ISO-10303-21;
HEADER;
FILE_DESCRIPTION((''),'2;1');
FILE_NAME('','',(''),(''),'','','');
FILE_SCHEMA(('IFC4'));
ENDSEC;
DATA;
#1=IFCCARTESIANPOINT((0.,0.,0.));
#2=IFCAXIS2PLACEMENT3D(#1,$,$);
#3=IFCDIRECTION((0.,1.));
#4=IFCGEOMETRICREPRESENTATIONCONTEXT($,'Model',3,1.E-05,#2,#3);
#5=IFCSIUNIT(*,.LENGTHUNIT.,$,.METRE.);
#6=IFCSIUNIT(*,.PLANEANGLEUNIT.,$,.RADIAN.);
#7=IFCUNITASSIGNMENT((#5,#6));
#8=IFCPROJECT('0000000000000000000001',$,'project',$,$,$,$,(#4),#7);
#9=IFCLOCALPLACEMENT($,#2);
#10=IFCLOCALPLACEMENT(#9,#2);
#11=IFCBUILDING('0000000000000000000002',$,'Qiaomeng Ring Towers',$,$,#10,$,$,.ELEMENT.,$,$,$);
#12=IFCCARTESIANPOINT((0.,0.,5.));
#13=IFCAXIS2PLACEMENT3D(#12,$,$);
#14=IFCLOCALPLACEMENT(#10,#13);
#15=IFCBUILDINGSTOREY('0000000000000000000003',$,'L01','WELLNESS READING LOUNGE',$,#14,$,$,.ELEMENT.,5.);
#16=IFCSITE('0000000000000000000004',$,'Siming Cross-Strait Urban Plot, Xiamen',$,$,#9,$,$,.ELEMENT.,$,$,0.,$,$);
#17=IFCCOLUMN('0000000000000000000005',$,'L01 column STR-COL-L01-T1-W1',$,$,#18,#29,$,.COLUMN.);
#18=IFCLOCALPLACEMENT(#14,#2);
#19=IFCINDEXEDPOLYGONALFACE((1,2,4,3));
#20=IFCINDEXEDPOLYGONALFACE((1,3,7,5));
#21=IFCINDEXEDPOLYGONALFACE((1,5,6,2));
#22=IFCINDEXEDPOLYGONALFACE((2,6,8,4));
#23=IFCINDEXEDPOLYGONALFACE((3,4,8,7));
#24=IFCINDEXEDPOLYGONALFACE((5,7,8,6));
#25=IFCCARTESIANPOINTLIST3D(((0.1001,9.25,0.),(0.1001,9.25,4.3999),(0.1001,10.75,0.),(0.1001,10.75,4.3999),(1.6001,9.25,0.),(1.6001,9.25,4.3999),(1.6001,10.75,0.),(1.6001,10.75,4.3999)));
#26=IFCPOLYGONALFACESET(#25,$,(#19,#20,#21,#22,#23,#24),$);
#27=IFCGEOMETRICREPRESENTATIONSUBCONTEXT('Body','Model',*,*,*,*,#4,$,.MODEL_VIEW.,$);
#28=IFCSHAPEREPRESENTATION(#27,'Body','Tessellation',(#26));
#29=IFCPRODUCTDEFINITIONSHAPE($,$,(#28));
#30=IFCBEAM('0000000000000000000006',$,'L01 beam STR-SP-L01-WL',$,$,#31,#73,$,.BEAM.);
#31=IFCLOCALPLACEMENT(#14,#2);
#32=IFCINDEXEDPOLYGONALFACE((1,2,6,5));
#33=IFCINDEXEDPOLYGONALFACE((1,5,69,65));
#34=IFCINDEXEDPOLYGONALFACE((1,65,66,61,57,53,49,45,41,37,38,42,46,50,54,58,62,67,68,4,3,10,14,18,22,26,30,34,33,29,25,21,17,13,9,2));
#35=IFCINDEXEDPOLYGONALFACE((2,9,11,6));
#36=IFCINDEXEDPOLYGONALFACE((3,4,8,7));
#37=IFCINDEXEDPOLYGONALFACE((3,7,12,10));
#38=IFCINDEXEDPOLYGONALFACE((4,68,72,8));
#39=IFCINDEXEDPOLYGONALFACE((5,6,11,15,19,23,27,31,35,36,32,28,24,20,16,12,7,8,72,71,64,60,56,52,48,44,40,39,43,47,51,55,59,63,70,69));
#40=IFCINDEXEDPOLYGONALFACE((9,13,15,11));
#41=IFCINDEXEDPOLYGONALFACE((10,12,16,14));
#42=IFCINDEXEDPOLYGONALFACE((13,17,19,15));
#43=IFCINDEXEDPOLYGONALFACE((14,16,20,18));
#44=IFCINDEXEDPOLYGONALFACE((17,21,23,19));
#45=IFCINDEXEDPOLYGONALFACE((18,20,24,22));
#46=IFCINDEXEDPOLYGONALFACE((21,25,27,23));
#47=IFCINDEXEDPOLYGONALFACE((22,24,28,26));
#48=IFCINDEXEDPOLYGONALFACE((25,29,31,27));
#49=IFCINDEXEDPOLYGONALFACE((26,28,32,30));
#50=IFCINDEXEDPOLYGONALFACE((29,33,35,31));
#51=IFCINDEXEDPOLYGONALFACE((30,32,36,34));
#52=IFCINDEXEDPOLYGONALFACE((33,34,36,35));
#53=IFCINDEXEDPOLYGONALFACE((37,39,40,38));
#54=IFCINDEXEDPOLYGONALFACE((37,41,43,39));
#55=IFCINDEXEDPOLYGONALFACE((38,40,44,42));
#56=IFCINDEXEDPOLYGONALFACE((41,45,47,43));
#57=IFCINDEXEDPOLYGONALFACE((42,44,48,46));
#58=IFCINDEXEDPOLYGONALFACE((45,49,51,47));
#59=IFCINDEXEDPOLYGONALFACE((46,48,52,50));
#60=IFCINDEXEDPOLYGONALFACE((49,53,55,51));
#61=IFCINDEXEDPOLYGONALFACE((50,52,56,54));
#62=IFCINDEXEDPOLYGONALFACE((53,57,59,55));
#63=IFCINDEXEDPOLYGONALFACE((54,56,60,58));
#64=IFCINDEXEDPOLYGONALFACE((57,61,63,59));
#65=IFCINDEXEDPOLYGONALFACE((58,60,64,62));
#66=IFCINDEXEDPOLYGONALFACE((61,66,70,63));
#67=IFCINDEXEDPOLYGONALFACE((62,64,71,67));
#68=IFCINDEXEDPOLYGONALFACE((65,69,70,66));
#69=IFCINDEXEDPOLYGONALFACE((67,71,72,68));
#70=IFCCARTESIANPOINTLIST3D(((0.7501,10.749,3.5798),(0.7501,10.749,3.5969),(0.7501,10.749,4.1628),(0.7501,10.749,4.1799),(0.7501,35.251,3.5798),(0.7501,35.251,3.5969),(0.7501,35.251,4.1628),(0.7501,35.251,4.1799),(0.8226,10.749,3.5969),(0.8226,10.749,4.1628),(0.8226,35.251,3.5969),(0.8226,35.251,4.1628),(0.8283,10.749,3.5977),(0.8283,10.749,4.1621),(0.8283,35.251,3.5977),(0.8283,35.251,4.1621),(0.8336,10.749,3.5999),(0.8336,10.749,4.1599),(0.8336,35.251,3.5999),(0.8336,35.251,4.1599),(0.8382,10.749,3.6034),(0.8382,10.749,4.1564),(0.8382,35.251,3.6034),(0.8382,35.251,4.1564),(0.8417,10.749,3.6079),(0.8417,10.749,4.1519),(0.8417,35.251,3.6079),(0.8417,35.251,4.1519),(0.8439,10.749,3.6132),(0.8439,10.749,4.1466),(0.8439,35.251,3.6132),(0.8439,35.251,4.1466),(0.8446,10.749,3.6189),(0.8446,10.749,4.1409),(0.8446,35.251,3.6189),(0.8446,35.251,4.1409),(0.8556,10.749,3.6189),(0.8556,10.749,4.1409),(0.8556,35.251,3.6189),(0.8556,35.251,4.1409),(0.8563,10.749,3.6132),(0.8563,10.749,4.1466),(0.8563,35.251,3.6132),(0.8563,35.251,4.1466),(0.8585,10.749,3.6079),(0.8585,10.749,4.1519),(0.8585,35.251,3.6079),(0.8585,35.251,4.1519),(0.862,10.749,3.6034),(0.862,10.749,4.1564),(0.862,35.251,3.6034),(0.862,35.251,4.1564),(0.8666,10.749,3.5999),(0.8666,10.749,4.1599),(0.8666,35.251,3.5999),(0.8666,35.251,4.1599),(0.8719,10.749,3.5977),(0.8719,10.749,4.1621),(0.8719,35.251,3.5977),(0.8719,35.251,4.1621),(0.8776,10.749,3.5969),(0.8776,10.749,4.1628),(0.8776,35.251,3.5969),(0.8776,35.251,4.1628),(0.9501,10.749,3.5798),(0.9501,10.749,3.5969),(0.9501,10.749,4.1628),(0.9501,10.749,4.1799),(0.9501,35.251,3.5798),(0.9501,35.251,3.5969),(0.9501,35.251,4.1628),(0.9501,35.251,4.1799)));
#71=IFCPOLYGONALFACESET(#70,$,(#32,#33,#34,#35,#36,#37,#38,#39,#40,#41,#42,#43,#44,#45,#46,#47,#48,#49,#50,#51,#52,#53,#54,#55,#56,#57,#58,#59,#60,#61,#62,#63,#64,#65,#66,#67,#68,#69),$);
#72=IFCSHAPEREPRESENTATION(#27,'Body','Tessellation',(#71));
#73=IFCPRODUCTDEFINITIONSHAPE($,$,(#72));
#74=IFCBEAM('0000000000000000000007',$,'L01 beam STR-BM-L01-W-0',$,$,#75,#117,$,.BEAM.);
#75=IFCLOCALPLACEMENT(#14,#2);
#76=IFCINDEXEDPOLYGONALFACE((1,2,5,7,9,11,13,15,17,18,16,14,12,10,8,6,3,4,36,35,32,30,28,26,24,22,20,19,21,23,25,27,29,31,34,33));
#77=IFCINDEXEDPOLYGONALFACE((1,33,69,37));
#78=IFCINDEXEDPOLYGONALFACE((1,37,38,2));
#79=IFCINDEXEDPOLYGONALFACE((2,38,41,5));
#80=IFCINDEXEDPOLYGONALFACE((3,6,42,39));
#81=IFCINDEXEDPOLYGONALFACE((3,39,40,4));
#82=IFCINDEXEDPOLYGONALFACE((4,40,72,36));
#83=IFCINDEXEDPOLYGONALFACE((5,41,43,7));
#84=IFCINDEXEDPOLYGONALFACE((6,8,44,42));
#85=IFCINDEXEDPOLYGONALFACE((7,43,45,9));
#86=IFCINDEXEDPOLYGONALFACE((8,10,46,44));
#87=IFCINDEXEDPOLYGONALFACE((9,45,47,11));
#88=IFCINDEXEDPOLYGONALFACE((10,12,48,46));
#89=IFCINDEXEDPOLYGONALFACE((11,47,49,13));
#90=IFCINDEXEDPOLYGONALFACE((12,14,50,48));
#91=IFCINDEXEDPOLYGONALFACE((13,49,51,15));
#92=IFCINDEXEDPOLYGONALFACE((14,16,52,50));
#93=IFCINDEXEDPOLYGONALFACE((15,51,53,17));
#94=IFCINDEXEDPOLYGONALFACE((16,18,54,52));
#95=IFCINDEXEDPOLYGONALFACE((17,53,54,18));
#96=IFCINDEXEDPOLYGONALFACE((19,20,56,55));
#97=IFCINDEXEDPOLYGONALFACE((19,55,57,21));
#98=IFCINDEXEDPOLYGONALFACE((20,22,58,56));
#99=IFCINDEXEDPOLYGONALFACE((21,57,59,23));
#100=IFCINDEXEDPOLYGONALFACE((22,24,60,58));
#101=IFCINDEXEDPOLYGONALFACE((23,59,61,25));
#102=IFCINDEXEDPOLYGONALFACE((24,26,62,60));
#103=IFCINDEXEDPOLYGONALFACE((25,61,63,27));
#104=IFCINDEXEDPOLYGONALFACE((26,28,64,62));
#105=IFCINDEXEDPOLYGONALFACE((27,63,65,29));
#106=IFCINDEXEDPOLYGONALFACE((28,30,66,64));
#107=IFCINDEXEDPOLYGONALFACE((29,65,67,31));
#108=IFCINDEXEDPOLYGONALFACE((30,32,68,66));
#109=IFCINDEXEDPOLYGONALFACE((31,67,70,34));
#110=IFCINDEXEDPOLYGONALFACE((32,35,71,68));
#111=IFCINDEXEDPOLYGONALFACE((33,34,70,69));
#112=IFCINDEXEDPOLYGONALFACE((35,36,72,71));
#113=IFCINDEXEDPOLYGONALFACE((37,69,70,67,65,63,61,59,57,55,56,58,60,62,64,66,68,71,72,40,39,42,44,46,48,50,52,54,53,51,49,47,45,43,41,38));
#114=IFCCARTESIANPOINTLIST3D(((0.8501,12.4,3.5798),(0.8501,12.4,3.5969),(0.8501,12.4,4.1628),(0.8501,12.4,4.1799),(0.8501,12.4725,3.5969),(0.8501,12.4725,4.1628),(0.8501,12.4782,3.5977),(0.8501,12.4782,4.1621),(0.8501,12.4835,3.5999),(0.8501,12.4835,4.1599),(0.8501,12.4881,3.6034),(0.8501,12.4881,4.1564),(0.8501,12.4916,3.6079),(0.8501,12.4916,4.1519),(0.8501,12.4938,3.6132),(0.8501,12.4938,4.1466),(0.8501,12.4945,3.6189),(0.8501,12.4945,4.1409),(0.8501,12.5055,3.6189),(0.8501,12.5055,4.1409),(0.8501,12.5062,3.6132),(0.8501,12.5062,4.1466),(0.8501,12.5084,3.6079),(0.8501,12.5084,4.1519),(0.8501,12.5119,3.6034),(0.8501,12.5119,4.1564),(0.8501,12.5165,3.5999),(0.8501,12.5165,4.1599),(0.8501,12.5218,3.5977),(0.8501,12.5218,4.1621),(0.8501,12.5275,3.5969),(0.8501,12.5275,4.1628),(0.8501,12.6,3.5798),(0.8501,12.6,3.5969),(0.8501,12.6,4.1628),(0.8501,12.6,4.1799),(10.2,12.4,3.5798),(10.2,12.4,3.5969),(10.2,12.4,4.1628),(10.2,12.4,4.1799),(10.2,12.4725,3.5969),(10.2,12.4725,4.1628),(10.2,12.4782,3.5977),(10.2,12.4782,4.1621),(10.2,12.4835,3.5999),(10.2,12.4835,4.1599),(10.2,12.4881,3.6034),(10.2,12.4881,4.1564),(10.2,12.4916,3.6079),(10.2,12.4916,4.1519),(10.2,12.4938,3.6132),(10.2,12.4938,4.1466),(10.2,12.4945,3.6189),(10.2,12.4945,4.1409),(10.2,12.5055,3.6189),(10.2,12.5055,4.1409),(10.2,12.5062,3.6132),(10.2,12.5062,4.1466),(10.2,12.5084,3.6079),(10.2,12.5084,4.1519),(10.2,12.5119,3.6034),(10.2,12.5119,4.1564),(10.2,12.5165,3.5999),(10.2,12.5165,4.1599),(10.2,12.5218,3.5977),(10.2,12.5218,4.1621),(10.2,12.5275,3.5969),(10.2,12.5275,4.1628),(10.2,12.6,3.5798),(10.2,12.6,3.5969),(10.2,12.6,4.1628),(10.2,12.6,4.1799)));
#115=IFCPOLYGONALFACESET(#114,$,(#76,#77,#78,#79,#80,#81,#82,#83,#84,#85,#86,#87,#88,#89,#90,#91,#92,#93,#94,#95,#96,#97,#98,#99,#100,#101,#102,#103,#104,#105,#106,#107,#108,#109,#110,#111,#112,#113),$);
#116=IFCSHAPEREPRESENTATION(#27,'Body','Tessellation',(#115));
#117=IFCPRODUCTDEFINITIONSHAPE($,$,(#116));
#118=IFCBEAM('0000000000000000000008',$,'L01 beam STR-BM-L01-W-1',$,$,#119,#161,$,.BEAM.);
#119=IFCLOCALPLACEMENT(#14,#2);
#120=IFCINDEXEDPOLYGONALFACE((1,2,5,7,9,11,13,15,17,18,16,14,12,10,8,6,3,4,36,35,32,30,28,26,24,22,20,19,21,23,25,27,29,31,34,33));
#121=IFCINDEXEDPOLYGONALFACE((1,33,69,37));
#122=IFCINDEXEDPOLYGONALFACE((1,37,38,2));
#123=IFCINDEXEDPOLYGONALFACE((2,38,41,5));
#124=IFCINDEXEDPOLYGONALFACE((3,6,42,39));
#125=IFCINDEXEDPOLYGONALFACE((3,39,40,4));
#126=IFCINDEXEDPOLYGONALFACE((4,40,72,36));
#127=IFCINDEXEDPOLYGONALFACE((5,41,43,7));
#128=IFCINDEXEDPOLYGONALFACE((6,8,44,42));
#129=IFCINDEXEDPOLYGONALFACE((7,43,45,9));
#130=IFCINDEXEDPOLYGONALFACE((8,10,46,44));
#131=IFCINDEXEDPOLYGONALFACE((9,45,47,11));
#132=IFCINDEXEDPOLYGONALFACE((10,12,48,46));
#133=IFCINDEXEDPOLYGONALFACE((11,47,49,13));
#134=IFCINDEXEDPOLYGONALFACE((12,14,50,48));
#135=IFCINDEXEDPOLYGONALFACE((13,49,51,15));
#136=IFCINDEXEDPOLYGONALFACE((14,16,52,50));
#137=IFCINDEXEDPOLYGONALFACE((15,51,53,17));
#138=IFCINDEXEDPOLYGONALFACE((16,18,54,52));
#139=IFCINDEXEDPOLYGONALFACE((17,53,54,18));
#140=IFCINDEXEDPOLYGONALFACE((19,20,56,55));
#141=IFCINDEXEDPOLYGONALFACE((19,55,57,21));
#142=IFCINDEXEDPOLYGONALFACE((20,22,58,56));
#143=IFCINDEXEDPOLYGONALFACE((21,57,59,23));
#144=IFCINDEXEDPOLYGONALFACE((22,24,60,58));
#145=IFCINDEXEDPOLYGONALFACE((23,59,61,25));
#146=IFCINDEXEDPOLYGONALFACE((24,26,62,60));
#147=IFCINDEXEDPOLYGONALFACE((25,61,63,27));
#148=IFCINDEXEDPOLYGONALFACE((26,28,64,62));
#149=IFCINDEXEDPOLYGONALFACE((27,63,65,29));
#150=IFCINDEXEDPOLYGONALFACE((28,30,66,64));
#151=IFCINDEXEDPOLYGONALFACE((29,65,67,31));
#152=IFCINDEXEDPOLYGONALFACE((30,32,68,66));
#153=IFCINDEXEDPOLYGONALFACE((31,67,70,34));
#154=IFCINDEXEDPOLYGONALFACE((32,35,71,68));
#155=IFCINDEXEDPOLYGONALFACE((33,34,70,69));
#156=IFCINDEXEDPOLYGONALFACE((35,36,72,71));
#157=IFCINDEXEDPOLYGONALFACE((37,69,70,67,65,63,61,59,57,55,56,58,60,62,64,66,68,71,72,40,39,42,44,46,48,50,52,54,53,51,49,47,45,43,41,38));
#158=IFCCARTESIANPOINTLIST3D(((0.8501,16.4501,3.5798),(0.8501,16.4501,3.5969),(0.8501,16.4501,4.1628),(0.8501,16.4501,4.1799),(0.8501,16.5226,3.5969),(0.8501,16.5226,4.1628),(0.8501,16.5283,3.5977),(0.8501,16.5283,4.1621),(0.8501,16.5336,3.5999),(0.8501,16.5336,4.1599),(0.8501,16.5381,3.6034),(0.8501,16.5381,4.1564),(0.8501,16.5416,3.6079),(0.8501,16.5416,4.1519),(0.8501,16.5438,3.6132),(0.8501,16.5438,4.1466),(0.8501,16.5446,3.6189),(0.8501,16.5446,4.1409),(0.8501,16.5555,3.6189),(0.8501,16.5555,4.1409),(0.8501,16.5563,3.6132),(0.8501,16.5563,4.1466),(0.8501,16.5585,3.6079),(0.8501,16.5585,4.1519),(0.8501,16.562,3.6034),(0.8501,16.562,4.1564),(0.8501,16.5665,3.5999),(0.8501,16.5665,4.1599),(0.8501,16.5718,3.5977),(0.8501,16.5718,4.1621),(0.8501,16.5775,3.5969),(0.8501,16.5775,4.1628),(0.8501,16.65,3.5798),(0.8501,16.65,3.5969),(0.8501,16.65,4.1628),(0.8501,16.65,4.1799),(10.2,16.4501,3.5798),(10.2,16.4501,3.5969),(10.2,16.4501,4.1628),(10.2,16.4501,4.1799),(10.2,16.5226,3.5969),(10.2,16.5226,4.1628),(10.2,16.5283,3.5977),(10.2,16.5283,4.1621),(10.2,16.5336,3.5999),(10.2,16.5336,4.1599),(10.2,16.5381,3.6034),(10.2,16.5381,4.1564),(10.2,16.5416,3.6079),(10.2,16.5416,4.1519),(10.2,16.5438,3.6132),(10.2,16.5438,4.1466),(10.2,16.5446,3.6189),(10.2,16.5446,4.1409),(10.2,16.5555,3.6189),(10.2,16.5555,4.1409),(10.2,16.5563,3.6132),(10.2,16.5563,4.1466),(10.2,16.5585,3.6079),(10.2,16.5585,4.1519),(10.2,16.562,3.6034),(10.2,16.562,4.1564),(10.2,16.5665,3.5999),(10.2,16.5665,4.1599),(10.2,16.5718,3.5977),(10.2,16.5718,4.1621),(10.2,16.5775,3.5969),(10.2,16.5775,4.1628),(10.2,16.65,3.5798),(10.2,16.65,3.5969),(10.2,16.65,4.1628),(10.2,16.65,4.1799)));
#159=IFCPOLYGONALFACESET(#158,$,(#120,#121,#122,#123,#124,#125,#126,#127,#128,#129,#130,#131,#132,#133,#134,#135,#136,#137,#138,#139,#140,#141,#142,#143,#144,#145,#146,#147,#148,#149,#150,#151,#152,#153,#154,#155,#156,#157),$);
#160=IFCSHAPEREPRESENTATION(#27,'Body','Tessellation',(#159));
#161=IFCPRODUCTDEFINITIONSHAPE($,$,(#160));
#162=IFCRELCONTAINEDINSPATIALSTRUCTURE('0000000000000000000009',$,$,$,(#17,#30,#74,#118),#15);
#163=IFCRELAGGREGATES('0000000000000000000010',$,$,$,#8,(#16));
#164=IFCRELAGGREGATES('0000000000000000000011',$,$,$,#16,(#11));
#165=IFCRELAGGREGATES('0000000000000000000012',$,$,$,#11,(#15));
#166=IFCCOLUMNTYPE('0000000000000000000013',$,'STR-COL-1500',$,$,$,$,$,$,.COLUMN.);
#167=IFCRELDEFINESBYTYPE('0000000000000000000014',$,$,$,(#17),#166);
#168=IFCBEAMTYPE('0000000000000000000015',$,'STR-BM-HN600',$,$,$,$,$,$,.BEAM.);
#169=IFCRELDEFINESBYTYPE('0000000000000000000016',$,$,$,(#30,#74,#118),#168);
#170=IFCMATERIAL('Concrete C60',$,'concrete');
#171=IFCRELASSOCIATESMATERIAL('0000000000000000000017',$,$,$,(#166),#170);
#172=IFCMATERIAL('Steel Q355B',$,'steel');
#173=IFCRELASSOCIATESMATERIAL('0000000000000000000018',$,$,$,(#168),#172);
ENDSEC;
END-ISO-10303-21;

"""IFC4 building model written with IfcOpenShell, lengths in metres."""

from ifc_helpers import new_model, si_unit, direction, frame, origin, origin_2d, place, context, subcontext, project, spatial, rectangle, i_section, extrude, source, transform, mapped, material, material_profile, profile_set, type_object, element, save


model = new_model("IFC4")

# Units and contexts
model_context = context("Model", 3, precision=1e-05, world=origin(), true_north=direction((0.0, 1.0)))
body_context = subcontext(model_context, "Body", "Model", "MODEL_VIEW")
ifc_project = project(units=[si_unit("LENGTHUNIT", "METRE"), si_unit("PLANEANGLEUNIT", "RADIAN")], contexts=[model_context])

# Site, building, storey
site_placement = place(None, origin())
site = spatial("IfcSite", under=ifc_project, at=site_placement, Name="Siming Cross-Strait Urban Plot, Xiamen", CompositionType="ELEMENT", RefElevation=0.0)
building_placement = place(site_placement, origin())
building = spatial("IfcBuilding", under=site, at=building_placement, Name="Qiaomeng Ring Towers", CompositionType="ELEMENT")
storey_placement = place(building_placement, frame((0.0, 0.0, 5.0)))
storey = spatial("IfcBuildingStorey", under=building, at=storey_placement, Name="L01", Description="WELLNESS READING LOUNGE", CompositionType="ELEMENT", Elevation=5.0)

# Column
ifc_material_1 = material(Name="Concrete C60", Category="concrete")
ifc_material_profile_1 = material_profile(ifc_material_1, rectangle(XDim=1.5, YDim=1.5, at=origin_2d()), Name="RC COL 1500x1500")
ifc_profile_set_1 = profile_set([ifc_material_profile_1], Name="Concrete C60")
column_type = type_object("IfcColumnType", Name="STR-COL-1500", PredefinedType="COLUMN", material=ifc_profile_set_1)
shared_shape_1 = source(origin(), body_context, "Body", "SweptSolid", [
    extrude(rectangle(XDim=1.5, YDim=1.5, at=origin_2d()), origin(), (0.0, 0.0, 1.0), 4.3999),
])
column_placement = place(storey_placement, frame((0.8501, 10.0, 0.0), z_axis=(0.0, 0.0, 1.0), x_axis=(1.0, 0.0, 0.0)))
element("IfcColumn", 1, at=column_placement, inside=storey, type_object=column_type, Name="L01 column STR-COL-L01-T1-W1", PredefinedType="COLUMN", context=body_context, shape_type="MappedRepresentation", body=[
    mapped(shared_shape_1, transform((0.0, 0.0, 0.0), x_axis=(1.0, 0.0, 0.0), y_axis=(0.0, 1.0, 0.0), z_axis=(0.0, 0.0, 1.0), scale=1.0)),
])

# Beams
ifc_material_2 = material(Name="Steel Q355B", Category="steel")
ifc_material_profile_2 = material_profile(ifc_material_2, i_section(OverallWidth=0.2, OverallDepth=0.6001, WebThickness=0.011, FlangeThickness=0.0171, FilletRadius=0.022, at=origin_2d()), Name="HN 600x200x11x17")
ifc_profile_set_2 = profile_set([ifc_material_profile_2], Name="Steel Q355B")
beam_type = type_object("IfcBeamType", Name="STR-BM-HN600", PredefinedType="BEAM", material=ifc_profile_set_2)
shared_shape_2 = source(origin(), body_context, "Body", "SweptSolid", [
    extrude(i_section(OverallWidth=0.2, OverallDepth=0.6001, WebThickness=0.011, FlangeThickness=0.0171, FilletRadius=0.022, at=origin_2d()), origin(), (0.0, 0.0, 1.0), 24.502),
])
beam_placement = place(storey_placement, frame((0.8501, 10.749, 3.8799), z_axis=(0.0, 1.0, 0.0), x_axis=(-1.0, 0.0, 0.0)))
element("IfcBeam", 2, at=beam_placement, inside=storey, type_object=beam_type, Name="L01 beam STR-SP-L01-WL", PredefinedType="BEAM", context=body_context, shape_type="MappedRepresentation", body=[
    mapped(shared_shape_2, transform((0.0, 0.0, 0.0), x_axis=(1.0, 0.0, 0.0), y_axis=(0.0, 1.0, 0.0), z_axis=(0.0, 0.0, 1.0), scale=1.0)),
])
shared_shape_3 = source(origin(), body_context, "Body", "SweptSolid", [
    extrude(i_section(OverallWidth=0.2, OverallDepth=0.6001, WebThickness=0.011, FlangeThickness=0.0171, FilletRadius=0.022, at=origin_2d()), origin(), (0.0, 0.0, 1.0), 9.3499),
])
for number, where, z_axis, x_axis, name in (
    (3, (0.8501, 12.5, 3.8799), (1.0, 0.0, 0.0), (0.0, 1.0, 0.0), "L01 beam STR-BM-L01-W-0"),
    (4, (0.8501, 16.55, 3.8799), (1.0, 0.0, 0.0), (0.0, 1.0, 0.0), "L01 beam STR-BM-L01-W-1"),
):
    element("IfcBeam", number, at=place(storey_placement, frame(where, z_axis=z_axis, x_axis=x_axis)), inside=storey, type_object=beam_type, Name=name, PredefinedType="BEAM", context=body_context, shape_type="MappedRepresentation", body=[
        mapped(shared_shape_3, transform((0.0, 0.0, 0.0), x_axis=(1.0, 0.0, 0.0), y_axis=(0.0, 1.0, 0.0), z_axis=(0.0, 0.0, 1.0), scale=1.0)),
    ])

save(model, "model.ifc")
